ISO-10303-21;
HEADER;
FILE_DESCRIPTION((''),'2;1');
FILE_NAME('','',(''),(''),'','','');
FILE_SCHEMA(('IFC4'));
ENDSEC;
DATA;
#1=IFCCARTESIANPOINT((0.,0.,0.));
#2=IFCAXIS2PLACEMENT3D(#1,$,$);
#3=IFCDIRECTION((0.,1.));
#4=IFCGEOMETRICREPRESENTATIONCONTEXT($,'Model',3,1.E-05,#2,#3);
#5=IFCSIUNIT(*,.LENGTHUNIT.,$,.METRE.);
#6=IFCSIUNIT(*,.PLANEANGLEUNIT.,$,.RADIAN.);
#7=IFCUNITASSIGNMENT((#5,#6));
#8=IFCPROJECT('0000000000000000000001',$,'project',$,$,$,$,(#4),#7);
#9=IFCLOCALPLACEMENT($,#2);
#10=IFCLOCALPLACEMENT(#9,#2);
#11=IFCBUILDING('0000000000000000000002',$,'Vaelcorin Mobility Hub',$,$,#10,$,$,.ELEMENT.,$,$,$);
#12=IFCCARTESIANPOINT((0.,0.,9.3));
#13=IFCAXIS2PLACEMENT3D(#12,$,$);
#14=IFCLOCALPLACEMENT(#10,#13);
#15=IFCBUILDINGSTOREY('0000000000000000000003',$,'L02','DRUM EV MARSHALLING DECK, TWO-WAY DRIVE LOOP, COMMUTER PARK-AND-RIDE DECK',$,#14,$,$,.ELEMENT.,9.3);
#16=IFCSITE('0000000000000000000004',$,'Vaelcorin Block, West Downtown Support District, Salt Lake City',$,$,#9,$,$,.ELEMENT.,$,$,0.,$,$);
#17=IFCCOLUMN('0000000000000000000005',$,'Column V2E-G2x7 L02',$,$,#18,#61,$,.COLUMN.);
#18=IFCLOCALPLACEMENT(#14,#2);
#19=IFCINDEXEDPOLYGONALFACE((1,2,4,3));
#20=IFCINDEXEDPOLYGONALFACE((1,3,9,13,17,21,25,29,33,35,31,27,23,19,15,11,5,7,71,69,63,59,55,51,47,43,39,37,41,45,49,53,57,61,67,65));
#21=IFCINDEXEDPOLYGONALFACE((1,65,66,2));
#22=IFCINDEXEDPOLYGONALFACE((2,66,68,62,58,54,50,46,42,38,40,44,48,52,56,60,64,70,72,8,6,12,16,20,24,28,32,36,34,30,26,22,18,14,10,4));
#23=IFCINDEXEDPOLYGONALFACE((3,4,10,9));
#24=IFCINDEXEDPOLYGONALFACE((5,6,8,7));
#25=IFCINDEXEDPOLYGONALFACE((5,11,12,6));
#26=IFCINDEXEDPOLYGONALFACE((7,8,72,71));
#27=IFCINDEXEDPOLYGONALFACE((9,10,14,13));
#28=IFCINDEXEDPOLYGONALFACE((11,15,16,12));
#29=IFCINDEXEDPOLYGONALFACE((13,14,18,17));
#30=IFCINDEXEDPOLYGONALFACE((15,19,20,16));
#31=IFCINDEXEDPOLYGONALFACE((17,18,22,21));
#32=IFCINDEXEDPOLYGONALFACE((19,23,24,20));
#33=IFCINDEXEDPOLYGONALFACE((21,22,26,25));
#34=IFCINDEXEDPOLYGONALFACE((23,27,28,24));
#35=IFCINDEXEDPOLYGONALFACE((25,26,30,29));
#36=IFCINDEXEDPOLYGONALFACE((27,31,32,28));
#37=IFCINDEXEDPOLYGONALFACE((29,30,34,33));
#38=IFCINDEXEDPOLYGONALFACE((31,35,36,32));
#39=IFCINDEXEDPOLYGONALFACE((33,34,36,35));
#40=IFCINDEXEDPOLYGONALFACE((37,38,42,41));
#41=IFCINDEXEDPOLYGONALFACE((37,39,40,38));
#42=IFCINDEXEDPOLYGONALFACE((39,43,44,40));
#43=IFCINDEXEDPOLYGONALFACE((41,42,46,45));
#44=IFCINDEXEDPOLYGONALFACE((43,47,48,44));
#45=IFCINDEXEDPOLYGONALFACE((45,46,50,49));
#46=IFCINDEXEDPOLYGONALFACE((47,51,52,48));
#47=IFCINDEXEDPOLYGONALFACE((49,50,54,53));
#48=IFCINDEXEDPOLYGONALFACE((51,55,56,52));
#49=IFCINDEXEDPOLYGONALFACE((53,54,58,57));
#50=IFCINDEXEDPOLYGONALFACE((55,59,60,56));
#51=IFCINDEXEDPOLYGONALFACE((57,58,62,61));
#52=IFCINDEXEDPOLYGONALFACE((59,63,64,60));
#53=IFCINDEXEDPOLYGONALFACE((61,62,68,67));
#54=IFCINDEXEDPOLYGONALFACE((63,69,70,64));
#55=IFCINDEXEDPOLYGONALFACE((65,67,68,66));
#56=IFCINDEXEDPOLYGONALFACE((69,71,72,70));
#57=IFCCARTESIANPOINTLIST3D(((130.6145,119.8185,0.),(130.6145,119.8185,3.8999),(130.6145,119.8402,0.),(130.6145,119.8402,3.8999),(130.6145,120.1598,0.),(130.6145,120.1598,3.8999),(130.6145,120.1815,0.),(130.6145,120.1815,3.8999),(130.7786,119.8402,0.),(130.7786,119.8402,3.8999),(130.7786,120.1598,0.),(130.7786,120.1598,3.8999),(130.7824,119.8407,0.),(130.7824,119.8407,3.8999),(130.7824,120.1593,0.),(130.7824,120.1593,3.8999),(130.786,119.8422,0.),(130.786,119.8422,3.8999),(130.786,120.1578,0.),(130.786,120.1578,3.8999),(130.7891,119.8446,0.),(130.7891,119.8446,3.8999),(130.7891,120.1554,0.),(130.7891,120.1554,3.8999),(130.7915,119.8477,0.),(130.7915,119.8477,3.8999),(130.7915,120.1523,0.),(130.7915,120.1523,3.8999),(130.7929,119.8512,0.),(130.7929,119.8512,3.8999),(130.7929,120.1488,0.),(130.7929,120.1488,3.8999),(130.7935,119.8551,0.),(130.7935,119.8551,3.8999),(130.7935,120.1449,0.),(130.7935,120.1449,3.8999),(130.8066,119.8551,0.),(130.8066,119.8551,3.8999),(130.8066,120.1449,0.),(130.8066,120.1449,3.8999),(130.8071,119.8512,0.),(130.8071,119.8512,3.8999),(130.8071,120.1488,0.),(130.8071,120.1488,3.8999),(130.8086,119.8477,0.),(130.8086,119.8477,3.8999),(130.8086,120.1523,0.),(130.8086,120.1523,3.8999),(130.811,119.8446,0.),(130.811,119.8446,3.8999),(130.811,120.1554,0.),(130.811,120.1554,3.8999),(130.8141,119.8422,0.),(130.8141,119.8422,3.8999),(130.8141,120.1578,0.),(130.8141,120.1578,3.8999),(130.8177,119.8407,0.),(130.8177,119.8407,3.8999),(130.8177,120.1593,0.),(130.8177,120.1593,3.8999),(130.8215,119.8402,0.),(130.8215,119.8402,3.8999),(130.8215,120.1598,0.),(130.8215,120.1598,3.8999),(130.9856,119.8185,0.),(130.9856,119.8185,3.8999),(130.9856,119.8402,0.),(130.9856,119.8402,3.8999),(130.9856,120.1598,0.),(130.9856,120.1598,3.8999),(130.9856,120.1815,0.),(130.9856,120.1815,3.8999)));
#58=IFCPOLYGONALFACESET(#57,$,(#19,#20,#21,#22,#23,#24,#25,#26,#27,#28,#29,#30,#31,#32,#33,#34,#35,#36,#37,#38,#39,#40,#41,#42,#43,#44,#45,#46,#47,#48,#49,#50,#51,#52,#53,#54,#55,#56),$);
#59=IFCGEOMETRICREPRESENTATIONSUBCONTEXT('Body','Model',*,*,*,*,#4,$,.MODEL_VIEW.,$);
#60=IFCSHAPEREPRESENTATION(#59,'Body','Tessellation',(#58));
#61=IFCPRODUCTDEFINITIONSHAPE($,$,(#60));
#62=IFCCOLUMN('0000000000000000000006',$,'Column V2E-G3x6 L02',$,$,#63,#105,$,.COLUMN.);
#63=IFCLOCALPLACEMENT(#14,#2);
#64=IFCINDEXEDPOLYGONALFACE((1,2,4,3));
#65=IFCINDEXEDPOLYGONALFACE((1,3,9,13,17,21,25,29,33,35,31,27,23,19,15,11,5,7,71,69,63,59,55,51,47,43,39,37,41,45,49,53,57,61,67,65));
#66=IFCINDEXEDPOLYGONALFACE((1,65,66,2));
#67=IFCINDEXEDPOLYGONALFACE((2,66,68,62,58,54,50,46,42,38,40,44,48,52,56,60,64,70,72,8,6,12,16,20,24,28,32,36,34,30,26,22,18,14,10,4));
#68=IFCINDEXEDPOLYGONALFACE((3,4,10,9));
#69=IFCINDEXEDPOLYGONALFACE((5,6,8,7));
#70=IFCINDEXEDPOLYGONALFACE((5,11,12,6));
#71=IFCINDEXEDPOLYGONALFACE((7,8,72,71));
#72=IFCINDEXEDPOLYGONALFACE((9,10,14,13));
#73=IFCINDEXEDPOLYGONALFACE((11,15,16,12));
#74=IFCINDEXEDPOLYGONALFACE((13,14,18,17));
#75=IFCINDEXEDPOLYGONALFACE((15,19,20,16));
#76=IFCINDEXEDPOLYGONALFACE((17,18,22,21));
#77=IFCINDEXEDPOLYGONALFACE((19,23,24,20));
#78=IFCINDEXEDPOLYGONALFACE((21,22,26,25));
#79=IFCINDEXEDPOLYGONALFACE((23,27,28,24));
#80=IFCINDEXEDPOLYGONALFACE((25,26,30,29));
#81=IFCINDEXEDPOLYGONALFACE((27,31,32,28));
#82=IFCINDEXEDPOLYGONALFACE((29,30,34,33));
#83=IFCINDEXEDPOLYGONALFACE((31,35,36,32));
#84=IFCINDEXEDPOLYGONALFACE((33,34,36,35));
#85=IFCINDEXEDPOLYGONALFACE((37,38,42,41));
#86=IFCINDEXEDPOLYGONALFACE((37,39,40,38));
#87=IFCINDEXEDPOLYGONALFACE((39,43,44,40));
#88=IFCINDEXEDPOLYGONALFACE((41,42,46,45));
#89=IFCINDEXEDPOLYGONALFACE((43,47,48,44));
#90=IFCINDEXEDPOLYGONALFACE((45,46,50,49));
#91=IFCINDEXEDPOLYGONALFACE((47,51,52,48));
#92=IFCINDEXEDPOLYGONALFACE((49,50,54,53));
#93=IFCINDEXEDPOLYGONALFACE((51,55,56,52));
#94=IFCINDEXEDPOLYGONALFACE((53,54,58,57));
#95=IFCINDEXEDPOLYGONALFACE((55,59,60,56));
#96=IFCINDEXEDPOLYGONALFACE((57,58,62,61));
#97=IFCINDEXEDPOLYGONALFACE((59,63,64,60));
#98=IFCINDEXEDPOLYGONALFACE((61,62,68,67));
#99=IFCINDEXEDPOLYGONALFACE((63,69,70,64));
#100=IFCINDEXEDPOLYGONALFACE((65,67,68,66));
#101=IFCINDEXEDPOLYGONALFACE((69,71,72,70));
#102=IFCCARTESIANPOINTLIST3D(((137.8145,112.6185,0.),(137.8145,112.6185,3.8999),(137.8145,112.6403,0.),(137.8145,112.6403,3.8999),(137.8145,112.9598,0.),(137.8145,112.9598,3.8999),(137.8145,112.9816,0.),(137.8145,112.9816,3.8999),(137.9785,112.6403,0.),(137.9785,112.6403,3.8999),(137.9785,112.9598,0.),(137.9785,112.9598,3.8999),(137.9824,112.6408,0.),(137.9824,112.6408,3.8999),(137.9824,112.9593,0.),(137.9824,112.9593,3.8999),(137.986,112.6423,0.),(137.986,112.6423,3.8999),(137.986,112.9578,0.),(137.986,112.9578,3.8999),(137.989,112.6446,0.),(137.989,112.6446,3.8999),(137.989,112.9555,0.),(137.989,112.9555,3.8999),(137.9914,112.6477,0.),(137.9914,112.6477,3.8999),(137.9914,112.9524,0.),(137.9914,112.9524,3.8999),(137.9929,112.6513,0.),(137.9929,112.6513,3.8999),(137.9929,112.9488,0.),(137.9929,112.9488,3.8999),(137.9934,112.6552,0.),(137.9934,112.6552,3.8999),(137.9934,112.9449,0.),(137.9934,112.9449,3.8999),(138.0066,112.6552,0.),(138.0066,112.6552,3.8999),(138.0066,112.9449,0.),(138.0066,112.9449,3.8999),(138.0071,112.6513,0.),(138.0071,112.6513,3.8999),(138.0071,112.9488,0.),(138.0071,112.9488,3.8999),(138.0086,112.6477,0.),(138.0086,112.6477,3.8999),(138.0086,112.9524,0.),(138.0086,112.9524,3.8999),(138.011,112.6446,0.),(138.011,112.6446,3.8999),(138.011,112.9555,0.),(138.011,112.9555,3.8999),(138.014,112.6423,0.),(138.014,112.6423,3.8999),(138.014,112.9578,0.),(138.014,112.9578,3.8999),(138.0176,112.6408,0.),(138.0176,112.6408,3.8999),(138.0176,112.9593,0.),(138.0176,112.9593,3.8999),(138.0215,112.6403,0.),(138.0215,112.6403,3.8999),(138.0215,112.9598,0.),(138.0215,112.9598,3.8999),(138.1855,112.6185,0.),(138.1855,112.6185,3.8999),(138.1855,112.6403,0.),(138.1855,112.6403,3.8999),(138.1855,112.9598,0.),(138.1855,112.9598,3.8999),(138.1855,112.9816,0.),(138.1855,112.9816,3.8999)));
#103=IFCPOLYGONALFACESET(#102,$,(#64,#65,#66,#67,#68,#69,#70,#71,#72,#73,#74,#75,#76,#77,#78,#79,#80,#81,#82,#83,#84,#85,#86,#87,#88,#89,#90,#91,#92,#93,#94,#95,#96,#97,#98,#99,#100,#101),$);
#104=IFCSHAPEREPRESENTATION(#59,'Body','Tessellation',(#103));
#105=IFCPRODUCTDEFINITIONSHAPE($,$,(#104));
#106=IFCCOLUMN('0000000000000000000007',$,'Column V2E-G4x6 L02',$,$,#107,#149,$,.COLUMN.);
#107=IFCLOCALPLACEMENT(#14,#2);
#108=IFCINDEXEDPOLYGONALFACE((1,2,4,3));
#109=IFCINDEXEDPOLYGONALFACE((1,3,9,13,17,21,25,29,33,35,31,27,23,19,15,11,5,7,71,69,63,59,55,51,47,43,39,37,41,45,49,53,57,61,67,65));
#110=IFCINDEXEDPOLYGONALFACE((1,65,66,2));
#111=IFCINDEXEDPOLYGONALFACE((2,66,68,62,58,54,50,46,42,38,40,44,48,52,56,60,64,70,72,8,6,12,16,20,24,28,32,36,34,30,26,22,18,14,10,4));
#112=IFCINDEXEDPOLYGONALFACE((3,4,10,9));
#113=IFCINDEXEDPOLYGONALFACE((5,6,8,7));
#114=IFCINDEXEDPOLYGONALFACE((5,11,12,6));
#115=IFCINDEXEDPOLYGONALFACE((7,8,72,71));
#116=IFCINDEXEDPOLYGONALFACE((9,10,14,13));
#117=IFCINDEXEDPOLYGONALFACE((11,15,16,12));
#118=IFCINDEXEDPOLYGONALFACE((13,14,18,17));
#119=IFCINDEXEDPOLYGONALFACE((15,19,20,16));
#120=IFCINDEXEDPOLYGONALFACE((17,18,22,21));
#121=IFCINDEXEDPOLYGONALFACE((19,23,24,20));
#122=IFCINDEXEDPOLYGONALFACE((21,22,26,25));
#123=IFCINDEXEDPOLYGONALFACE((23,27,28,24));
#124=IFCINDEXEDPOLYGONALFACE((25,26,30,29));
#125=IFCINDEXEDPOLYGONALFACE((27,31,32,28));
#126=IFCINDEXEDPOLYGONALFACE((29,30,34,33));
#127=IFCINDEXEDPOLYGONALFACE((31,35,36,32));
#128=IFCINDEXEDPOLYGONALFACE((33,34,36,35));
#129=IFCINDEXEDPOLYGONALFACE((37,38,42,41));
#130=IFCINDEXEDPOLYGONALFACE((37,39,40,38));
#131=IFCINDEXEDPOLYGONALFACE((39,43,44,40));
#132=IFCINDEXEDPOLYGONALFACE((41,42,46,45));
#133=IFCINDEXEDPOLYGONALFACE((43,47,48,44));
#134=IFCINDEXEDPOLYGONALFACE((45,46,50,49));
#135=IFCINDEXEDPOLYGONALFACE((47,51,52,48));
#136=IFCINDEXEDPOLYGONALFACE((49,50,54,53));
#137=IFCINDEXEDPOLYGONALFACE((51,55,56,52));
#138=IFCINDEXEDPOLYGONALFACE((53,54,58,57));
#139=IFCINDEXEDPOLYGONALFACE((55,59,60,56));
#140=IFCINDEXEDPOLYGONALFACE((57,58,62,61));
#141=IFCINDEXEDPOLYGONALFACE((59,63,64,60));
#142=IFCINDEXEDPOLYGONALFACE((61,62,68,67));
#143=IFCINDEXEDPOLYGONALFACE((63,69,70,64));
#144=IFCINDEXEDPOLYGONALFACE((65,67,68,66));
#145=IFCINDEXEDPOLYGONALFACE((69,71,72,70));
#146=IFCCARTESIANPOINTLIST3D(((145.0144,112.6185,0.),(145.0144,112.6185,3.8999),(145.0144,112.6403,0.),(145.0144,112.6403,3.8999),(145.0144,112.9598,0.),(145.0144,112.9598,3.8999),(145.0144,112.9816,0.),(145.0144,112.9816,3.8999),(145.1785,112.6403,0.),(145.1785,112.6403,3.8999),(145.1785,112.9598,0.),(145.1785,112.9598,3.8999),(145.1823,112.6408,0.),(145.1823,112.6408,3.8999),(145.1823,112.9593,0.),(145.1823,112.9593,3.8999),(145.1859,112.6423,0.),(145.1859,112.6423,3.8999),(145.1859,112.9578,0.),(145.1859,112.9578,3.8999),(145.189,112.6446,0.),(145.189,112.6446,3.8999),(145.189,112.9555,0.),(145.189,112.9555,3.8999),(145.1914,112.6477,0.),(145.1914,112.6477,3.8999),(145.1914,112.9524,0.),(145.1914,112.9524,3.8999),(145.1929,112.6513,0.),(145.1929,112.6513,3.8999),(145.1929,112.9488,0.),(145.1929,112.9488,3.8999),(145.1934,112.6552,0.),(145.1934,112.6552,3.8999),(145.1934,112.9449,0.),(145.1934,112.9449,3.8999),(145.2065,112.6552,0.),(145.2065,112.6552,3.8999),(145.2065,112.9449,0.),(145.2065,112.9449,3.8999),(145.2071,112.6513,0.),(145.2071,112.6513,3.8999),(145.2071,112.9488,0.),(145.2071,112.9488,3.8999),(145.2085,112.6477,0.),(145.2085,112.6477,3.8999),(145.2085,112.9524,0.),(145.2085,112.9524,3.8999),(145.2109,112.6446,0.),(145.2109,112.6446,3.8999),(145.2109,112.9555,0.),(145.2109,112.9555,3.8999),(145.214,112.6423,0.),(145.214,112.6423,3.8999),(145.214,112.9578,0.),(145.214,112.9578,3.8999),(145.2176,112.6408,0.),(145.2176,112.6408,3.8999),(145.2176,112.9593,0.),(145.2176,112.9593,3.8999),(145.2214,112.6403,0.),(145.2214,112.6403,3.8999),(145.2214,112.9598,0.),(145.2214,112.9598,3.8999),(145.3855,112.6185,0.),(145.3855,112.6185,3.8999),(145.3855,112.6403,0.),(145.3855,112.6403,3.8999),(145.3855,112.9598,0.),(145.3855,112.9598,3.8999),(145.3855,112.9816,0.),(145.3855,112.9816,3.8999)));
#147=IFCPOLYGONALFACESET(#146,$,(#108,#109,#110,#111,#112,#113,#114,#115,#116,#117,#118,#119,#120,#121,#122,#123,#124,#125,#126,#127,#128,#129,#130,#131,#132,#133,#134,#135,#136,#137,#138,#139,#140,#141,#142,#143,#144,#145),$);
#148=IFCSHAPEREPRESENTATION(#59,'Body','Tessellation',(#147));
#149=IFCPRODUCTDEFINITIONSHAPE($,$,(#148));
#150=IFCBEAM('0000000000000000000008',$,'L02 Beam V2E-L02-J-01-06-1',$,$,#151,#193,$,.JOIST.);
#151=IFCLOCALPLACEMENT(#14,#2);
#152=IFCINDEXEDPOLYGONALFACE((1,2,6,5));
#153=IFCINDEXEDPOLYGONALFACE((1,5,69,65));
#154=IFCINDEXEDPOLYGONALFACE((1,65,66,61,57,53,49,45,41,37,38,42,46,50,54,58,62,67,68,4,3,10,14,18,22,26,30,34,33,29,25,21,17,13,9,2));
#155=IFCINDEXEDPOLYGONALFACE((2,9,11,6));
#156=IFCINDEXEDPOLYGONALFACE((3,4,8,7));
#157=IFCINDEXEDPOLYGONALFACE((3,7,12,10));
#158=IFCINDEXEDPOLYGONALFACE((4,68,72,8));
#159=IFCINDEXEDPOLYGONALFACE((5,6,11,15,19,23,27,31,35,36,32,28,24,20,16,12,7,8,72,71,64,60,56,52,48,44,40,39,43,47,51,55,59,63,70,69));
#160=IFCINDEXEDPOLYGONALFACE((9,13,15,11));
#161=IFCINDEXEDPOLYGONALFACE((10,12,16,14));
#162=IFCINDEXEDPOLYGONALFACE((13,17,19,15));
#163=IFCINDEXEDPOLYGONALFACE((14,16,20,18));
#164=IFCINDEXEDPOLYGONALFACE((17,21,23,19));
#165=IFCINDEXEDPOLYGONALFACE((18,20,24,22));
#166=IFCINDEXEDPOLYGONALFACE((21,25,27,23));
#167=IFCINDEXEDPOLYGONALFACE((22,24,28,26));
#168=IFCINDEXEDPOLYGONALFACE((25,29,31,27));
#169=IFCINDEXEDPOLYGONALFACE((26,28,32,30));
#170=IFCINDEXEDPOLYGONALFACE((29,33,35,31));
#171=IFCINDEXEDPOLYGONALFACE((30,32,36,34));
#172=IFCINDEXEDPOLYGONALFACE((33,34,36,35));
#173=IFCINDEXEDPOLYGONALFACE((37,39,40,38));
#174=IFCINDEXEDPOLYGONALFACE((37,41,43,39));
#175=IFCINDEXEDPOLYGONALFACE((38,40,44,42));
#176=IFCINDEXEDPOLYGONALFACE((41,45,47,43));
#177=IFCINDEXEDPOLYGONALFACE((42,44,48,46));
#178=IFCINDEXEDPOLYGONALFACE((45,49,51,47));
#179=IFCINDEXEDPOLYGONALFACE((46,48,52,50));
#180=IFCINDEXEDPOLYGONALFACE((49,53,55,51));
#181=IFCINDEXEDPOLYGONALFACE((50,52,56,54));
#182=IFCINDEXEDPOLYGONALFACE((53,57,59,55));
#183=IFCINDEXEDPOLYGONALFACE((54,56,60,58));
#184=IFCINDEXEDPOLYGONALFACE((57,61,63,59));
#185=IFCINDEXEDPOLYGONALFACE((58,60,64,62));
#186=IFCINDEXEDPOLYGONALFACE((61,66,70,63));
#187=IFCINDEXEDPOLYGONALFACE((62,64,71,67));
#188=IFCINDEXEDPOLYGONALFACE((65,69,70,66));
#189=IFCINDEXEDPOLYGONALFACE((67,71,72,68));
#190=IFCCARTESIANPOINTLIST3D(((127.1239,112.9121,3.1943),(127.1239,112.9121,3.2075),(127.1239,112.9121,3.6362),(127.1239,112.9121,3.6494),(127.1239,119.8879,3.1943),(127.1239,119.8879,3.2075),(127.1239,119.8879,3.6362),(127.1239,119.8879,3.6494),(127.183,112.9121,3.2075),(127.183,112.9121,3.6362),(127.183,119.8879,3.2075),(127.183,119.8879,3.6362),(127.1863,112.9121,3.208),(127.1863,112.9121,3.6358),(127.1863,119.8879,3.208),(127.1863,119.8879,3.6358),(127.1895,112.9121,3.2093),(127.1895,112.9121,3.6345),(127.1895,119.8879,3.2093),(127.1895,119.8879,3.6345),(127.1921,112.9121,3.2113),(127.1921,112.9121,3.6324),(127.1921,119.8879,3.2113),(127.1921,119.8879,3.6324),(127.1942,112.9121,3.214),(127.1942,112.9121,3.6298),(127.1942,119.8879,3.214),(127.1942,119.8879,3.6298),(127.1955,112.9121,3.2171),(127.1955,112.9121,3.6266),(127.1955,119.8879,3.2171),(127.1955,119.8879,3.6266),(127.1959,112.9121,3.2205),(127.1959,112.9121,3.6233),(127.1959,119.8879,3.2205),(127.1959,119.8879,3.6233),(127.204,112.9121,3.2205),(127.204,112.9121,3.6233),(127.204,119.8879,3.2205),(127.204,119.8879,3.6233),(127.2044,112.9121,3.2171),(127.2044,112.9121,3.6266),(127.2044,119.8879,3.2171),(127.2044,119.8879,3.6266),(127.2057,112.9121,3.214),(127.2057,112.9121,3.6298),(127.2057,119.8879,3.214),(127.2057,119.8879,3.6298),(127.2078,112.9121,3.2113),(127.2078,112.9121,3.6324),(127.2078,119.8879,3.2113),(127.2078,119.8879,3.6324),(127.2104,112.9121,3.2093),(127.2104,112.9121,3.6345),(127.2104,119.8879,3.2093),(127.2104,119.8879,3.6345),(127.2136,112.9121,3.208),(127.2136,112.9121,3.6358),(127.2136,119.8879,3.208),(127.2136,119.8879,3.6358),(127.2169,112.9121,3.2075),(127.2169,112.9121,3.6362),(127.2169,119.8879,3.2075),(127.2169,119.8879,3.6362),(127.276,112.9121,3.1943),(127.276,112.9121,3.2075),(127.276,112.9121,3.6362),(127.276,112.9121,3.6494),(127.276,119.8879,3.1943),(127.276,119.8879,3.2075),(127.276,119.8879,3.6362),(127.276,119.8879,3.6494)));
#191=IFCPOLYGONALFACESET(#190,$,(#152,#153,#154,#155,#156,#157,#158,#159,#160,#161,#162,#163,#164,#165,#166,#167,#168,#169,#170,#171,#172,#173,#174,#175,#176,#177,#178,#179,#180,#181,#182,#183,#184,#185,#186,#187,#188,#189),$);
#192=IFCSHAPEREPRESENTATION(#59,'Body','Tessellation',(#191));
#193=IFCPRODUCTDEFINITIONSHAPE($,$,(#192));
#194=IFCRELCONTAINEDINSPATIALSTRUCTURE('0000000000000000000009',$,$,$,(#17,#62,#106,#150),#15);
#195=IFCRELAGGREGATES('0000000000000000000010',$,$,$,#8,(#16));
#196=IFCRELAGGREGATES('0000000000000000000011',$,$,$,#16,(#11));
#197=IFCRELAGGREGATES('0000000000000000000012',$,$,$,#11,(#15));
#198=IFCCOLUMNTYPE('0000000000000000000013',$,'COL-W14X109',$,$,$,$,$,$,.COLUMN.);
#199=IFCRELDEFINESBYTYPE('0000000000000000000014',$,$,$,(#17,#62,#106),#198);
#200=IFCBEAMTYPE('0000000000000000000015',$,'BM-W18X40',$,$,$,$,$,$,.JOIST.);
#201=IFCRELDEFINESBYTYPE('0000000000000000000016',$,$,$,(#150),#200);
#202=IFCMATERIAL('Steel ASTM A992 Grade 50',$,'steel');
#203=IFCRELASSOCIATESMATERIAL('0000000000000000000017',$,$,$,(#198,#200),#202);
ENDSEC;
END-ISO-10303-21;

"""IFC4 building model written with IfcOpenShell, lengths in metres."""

from ifc_helpers import new_model, si_unit, direction, frame, origin, origin_2d, place, context, subcontext, project, spatial, i_section, extrude, material, material_profile, profile_set, type_object, element, save


model = new_model("IFC4")

# Units and contexts
model_context = context("Model", 3, precision=1e-05, world=origin(), true_north=direction((0.0, 1.0)))
body_context = subcontext(model_context, "Body", "Model", "MODEL_VIEW")
ifc_project = project(units=[si_unit("LENGTHUNIT", "METRE"), si_unit("PLANEANGLEUNIT", "RADIAN")], contexts=[model_context])

# Site, building, storey
site_placement = place(None, origin())
site = spatial("IfcSite", under=ifc_project, at=site_placement, Name="Vaelcorin Block, West Downtown Support District, Salt Lake City", CompositionType="ELEMENT", RefElevation=0.0)
building_placement = place(site_placement, origin())
building = spatial("IfcBuilding", under=site, at=building_placement, Name="Vaelcorin Mobility Hub", CompositionType="ELEMENT")
storey_placement = place(building_placement, frame((0.0, 0.0, 9.3)))
storey = spatial("IfcBuildingStorey", under=building, at=storey_placement, Name="L02", Description="DRUM EV MARSHALLING DECK, TWO-WAY DRIVE LOOP, COMMUTER PARK-AND-RIDE DECK", CompositionType="ELEMENT", Elevation=9.3)

# Columns
ifc_material_1 = material(Name="Steel ASTM A992 Grade 50", Category="steel")
ifc_material_profile_1 = material_profile(ifc_material_1, i_section(OverallWidth=0.3711, OverallDepth=0.363, WebThickness=0.0132, FlangeThickness=0.0217, FilletRadius=0.0149, at=origin_2d()), Name="W14X109")
ifc_profile_set_1 = profile_set([ifc_material_profile_1], Name="Steel ASTM A992 Grade 50")
column_type = type_object("IfcColumnType", Name="COL-W14X109", PredefinedType="COLUMN", material=ifc_profile_set_1)
for number, where, z_axis, x_axis, name in (
    (1, (130.8, 120.0, 0.0), (0.0, 0.0, 1.0), (1.0, 0.0, 0.0), "Column V2E-G2x7 L02"),
    (2, (138.0, 112.8, 0.0), (0.0, 0.0, 1.0), (1.0, 0.0, 0.0), "Column V2E-G3x6 L02"),
    (3, (145.2, 112.8, 0.0), (0.0, 0.0, 1.0), (1.0, 0.0, 0.0), "Column V2E-G4x6 L02"),
):
    element("IfcColumn", number, at=place(storey_placement, frame(where, z_axis=z_axis, x_axis=x_axis)), inside=storey, type_object=column_type, Name=name, PredefinedType="COLUMN", context=body_context, shape_type="SweptSolid", body=[
        extrude(i_section(OverallWidth=0.3711, OverallDepth=0.363, WebThickness=0.0132, FlangeThickness=0.0217, FilletRadius=0.0149, at=origin_2d()), origin(), (0.0, 0.0, 1.0), 3.8999),
    ])

# Beam
ifc_material_profile_2 = material_profile(ifc_material_1, i_section(OverallWidth=0.1521, OverallDepth=0.4551, WebThickness=0.0081, FlangeThickness=0.0132, FilletRadius=0.0129, at=origin_2d()), Name="W18X40")
ifc_profile_set_2 = profile_set([ifc_material_profile_2], Name="Steel ASTM A992 Grade 50")
beam_type_1 = type_object("IfcBeamType", Name="BM-W18X40", PredefinedType="JOIST", material=ifc_profile_set_2)
beam_1_placement = place(storey_placement, frame((127.2, 112.9121, 3.4219), z_axis=(0.0, 1.0, 0.0), x_axis=(-1.0, 0.0, 0.0)))
element("IfcBeam", 4, at=beam_1_placement, inside=storey, type_object=beam_type_1, Name="L02 Beam V2E-L02-J-01-06-1", PredefinedType="JOIST", context=body_context, shape_type="SweptSolid", body=[
    extrude(i_section(OverallWidth=0.1521, OverallDepth=0.4551, WebThickness=0.0081, FlangeThickness=0.0132, FilletRadius=0.0129, at=origin_2d()), origin(), (0.0, 0.0, 1.0), 6.9758),
])

save(model, "model.ifc")
